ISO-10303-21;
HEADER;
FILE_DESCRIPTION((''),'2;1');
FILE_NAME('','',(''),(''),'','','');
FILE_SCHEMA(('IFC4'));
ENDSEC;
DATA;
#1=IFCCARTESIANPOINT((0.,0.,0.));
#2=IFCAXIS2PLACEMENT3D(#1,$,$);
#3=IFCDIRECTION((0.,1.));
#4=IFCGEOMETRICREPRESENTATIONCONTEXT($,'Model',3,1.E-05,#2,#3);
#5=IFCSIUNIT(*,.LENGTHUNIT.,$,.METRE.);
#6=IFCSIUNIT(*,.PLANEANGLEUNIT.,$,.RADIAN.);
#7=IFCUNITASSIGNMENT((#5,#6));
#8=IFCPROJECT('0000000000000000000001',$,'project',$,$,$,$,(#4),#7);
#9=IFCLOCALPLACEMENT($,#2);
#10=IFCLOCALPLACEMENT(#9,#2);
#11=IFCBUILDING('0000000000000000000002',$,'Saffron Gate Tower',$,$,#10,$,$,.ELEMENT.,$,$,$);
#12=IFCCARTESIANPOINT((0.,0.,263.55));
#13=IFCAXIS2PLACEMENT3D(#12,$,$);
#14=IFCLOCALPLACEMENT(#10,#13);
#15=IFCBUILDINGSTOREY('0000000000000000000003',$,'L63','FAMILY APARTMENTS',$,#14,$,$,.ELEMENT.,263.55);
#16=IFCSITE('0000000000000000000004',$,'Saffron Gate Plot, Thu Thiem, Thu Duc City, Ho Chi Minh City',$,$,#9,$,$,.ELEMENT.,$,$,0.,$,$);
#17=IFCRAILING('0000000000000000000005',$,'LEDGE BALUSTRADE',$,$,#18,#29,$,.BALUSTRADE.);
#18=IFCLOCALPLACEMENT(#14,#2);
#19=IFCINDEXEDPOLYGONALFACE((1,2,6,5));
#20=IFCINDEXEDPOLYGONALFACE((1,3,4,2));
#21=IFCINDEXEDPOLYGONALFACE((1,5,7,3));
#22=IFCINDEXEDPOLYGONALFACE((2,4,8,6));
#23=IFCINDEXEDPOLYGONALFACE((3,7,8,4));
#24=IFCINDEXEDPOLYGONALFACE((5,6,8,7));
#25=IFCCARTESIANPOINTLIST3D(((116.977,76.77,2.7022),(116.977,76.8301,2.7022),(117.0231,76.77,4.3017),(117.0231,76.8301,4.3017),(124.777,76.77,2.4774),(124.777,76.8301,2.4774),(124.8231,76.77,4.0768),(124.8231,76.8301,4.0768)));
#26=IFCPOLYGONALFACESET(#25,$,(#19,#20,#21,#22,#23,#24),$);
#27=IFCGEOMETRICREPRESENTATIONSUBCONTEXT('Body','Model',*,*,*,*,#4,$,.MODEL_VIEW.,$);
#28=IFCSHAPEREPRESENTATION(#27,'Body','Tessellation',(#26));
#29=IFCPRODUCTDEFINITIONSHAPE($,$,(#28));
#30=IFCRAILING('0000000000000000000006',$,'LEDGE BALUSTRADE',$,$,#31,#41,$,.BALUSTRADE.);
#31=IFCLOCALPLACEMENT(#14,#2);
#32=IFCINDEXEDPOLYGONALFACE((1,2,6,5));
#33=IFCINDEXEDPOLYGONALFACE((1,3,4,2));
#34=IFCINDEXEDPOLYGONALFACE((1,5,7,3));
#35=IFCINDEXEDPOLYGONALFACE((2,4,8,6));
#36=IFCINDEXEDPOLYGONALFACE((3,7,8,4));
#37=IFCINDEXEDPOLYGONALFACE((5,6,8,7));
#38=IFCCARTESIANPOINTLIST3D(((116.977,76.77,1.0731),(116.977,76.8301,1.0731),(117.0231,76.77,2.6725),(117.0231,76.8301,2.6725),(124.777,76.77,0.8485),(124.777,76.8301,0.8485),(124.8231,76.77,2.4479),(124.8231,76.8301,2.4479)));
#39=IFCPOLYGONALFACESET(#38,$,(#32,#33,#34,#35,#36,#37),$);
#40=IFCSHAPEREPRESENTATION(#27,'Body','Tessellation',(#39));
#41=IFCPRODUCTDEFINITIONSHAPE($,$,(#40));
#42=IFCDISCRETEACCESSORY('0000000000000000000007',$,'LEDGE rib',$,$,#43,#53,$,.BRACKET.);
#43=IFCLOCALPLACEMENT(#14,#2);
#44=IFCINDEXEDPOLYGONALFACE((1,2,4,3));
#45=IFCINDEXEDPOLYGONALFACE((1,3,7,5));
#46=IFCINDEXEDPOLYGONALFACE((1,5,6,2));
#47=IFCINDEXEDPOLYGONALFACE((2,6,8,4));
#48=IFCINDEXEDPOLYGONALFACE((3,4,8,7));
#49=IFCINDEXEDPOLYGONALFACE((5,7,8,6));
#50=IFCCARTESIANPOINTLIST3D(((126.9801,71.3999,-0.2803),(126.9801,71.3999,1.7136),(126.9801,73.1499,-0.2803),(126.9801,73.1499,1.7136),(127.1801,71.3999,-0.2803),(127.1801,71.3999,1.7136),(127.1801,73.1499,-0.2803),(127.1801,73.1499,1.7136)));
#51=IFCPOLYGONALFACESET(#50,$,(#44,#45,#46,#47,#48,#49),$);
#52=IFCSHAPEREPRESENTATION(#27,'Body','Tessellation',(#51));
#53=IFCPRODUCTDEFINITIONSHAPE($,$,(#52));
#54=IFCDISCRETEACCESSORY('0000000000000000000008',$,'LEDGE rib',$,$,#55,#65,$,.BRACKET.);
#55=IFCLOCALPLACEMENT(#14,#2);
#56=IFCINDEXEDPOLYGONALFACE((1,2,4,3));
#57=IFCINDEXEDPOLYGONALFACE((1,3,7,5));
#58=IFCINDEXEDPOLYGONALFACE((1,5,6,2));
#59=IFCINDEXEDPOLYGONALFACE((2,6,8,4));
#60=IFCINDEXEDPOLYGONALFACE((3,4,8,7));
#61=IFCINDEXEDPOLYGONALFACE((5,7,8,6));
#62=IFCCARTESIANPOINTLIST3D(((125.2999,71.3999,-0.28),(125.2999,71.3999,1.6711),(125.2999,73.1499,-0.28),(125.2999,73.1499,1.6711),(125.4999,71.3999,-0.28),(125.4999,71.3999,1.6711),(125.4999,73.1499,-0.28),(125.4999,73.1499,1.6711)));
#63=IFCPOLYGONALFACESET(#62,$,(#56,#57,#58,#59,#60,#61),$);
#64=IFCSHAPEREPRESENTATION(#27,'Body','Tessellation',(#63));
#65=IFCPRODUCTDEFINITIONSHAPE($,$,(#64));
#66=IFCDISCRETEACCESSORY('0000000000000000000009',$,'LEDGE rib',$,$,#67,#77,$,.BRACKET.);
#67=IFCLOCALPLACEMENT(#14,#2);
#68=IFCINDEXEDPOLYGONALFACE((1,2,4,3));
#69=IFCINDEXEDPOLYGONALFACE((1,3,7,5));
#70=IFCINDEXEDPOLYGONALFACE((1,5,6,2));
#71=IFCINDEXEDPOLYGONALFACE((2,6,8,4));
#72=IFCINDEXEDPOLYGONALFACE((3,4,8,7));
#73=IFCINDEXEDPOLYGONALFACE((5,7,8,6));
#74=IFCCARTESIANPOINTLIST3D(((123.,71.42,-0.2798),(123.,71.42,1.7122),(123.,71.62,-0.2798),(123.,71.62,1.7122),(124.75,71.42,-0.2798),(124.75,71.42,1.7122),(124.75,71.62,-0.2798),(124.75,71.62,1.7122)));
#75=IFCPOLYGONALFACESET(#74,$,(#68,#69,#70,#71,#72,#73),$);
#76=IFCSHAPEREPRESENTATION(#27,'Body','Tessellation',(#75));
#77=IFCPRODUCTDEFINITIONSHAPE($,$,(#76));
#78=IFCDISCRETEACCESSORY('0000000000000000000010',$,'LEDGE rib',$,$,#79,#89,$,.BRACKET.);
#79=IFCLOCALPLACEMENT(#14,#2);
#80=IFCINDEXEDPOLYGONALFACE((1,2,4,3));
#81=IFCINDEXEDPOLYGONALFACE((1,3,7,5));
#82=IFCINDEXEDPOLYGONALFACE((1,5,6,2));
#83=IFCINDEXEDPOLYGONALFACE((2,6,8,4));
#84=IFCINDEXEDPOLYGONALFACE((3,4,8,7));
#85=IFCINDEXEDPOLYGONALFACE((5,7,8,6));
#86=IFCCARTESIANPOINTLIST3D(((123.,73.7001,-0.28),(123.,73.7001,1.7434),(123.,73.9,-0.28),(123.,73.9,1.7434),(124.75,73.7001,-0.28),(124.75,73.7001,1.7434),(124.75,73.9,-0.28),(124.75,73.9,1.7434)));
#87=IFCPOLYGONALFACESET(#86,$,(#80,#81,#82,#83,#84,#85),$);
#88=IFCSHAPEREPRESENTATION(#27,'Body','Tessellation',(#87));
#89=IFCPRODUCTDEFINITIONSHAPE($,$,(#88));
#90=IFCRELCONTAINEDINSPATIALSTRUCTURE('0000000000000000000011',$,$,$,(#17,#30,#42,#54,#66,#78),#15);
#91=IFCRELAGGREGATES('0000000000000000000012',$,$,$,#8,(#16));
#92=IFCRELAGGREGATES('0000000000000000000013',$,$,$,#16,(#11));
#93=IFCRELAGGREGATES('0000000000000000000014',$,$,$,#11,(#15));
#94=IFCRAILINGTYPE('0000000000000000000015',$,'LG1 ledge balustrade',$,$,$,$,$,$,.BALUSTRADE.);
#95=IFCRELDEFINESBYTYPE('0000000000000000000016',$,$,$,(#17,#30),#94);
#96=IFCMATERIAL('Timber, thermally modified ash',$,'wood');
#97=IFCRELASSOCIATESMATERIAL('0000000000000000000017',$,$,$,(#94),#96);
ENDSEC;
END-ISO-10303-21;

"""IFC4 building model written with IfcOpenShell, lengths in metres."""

from ifc_helpers import new_model, si_unit, direction, frame, origin, origin_2d, place, context, subcontext, project, spatial, rectangle, extrude, material, type_object, element, save


model = new_model("IFC4")

# Units and contexts
model_context = context("Model", 3, precision=1e-05, world=origin(), true_north=direction((0.0, 1.0)))
body_context = subcontext(model_context, "Body", "Model", "MODEL_VIEW")
ifc_project = project(units=[si_unit("LENGTHUNIT", "METRE"), si_unit("PLANEANGLEUNIT", "RADIAN")], contexts=[model_context])

# Site, building, storey
site_placement = place(None, origin())
site = spatial("IfcSite", under=ifc_project, at=site_placement, Name="Saffron Gate Plot, Thu Thiem, Thu Duc City, Ho Chi Minh City", CompositionType="ELEMENT", RefElevation=0.0)
building_placement = place(site_placement, origin())
building = spatial("IfcBuilding", under=site, at=building_placement, Name="Saffron Gate Tower", CompositionType="ELEMENT")
storey_placement = place(building_placement, frame((0.0, 0.0, 263.55)))
storey = spatial("IfcBuildingStorey", under=building, at=storey_placement, Name="L63", Description="FAMILY APARTMENTS", CompositionType="ELEMENT", Elevation=263.55)

# Shared definitions
ifc_material = material(Name="Timber, thermally modified ash", Category="wood")

# Railings
railing_type = type_object("IfcRailingType", Name="LG1 ledge balustrade", PredefinedType="BALUSTRADE", material=ifc_material)
railing_1_placement = place(storey_placement, frame((124.8, 76.8, 2.4771)))
element("IfcRailing", 1, at=railing_1_placement, inside=storey, type_object=railing_type, Name="LEDGE BALUSTRADE", PredefinedType="BALUSTRADE", context=body_context, shape_type="SweptSolid", body=[
    extrude(rectangle(XDim=0.0601, YDim=1.6001, at=origin_2d()), frame((0.0, 0.0, 0.8), z_axis=(-0.999585, 0.0, 0.028815), x_axis=(0.0, -1.0, 0.0)), (0.0, 0.0, 1.0), 7.8032),
])
railing_2_placement = place(storey_placement, frame((124.8, 76.8, 0.8481)))
element("IfcRailing", 2, at=railing_2_placement, inside=storey, type_object=railing_type, Name="LEDGE BALUSTRADE", PredefinedType="BALUSTRADE", context=body_context, shape_type="SweptSolid", body=[
    extrude(rectangle(XDim=0.0601, YDim=1.6001, at=origin_2d()), frame((0.0, 0.0, 0.8), z_axis=(-0.999586, 0.0, 0.028784), x_axis=(0.0, -1.0, 0.0)), (0.0, 0.0, 1.0), 7.8032),
])

# Discrete accessories
discrete_accessory_1_placement = place(storey_placement, frame((127.0801, 72.2749, -0.2803), z_axis=(0.0, 0.0, 1.0), x_axis=(-1.0, 0.0, 0.0)))
element("IfcDiscreteAccessory", 3, at=discrete_accessory_1_placement, inside=storey, Name="LEDGE rib", PredefinedType="BRACKET", context=body_context, shape_type="SweptSolid", body=[
    extrude(rectangle(XDim=0.2, YDim=1.75, at=origin_2d()), origin(), (0.0, 0.0, 1.0), 1.9939),
])
discrete_accessory_2_placement = place(storey_placement, frame((125.3999, 72.2749, -0.28), z_axis=(0.0, 0.0, 1.0), x_axis=(-1.0, 0.0, 0.0)))
element("IfcDiscreteAccessory", 4, at=discrete_accessory_2_placement, inside=storey, Name="LEDGE rib", PredefinedType="BRACKET", context=body_context, shape_type="SweptSolid", body=[
    extrude(rectangle(XDim=0.2, YDim=1.75, at=origin_2d()), origin(), (0.0, 0.0, 1.0), 1.9512),
])
discrete_accessory_3_placement = place(storey_placement, frame((123.875, 71.52, -0.2798), z_axis=(0.0, 0.0, 1.0), x_axis=(0.0, 1.0, 0.0)))
element("IfcDiscreteAccessory", 5, at=discrete_accessory_3_placement, inside=storey, Name="LEDGE rib", PredefinedType="BRACKET", context=body_context, shape_type="SweptSolid", body=[
    extrude(rectangle(XDim=0.2, YDim=1.75, at=origin_2d()), origin(), (0.0, 0.0, 1.0), 1.9919),
])
discrete_accessory_4_placement = place(storey_placement, frame((123.875, 73.8, -0.28), z_axis=(0.0, 0.0, 1.0), x_axis=(0.0, 1.0, 0.0)))
element("IfcDiscreteAccessory", 6, at=discrete_accessory_4_placement, inside=storey, Name="LEDGE rib", PredefinedType="BRACKET", context=body_context, shape_type="SweptSolid", body=[
    extrude(rectangle(XDim=0.2, YDim=1.75, at=origin_2d()), origin(), (0.0, 0.0, 1.0), 2.0234),
])

save(model, "model.ifc")
